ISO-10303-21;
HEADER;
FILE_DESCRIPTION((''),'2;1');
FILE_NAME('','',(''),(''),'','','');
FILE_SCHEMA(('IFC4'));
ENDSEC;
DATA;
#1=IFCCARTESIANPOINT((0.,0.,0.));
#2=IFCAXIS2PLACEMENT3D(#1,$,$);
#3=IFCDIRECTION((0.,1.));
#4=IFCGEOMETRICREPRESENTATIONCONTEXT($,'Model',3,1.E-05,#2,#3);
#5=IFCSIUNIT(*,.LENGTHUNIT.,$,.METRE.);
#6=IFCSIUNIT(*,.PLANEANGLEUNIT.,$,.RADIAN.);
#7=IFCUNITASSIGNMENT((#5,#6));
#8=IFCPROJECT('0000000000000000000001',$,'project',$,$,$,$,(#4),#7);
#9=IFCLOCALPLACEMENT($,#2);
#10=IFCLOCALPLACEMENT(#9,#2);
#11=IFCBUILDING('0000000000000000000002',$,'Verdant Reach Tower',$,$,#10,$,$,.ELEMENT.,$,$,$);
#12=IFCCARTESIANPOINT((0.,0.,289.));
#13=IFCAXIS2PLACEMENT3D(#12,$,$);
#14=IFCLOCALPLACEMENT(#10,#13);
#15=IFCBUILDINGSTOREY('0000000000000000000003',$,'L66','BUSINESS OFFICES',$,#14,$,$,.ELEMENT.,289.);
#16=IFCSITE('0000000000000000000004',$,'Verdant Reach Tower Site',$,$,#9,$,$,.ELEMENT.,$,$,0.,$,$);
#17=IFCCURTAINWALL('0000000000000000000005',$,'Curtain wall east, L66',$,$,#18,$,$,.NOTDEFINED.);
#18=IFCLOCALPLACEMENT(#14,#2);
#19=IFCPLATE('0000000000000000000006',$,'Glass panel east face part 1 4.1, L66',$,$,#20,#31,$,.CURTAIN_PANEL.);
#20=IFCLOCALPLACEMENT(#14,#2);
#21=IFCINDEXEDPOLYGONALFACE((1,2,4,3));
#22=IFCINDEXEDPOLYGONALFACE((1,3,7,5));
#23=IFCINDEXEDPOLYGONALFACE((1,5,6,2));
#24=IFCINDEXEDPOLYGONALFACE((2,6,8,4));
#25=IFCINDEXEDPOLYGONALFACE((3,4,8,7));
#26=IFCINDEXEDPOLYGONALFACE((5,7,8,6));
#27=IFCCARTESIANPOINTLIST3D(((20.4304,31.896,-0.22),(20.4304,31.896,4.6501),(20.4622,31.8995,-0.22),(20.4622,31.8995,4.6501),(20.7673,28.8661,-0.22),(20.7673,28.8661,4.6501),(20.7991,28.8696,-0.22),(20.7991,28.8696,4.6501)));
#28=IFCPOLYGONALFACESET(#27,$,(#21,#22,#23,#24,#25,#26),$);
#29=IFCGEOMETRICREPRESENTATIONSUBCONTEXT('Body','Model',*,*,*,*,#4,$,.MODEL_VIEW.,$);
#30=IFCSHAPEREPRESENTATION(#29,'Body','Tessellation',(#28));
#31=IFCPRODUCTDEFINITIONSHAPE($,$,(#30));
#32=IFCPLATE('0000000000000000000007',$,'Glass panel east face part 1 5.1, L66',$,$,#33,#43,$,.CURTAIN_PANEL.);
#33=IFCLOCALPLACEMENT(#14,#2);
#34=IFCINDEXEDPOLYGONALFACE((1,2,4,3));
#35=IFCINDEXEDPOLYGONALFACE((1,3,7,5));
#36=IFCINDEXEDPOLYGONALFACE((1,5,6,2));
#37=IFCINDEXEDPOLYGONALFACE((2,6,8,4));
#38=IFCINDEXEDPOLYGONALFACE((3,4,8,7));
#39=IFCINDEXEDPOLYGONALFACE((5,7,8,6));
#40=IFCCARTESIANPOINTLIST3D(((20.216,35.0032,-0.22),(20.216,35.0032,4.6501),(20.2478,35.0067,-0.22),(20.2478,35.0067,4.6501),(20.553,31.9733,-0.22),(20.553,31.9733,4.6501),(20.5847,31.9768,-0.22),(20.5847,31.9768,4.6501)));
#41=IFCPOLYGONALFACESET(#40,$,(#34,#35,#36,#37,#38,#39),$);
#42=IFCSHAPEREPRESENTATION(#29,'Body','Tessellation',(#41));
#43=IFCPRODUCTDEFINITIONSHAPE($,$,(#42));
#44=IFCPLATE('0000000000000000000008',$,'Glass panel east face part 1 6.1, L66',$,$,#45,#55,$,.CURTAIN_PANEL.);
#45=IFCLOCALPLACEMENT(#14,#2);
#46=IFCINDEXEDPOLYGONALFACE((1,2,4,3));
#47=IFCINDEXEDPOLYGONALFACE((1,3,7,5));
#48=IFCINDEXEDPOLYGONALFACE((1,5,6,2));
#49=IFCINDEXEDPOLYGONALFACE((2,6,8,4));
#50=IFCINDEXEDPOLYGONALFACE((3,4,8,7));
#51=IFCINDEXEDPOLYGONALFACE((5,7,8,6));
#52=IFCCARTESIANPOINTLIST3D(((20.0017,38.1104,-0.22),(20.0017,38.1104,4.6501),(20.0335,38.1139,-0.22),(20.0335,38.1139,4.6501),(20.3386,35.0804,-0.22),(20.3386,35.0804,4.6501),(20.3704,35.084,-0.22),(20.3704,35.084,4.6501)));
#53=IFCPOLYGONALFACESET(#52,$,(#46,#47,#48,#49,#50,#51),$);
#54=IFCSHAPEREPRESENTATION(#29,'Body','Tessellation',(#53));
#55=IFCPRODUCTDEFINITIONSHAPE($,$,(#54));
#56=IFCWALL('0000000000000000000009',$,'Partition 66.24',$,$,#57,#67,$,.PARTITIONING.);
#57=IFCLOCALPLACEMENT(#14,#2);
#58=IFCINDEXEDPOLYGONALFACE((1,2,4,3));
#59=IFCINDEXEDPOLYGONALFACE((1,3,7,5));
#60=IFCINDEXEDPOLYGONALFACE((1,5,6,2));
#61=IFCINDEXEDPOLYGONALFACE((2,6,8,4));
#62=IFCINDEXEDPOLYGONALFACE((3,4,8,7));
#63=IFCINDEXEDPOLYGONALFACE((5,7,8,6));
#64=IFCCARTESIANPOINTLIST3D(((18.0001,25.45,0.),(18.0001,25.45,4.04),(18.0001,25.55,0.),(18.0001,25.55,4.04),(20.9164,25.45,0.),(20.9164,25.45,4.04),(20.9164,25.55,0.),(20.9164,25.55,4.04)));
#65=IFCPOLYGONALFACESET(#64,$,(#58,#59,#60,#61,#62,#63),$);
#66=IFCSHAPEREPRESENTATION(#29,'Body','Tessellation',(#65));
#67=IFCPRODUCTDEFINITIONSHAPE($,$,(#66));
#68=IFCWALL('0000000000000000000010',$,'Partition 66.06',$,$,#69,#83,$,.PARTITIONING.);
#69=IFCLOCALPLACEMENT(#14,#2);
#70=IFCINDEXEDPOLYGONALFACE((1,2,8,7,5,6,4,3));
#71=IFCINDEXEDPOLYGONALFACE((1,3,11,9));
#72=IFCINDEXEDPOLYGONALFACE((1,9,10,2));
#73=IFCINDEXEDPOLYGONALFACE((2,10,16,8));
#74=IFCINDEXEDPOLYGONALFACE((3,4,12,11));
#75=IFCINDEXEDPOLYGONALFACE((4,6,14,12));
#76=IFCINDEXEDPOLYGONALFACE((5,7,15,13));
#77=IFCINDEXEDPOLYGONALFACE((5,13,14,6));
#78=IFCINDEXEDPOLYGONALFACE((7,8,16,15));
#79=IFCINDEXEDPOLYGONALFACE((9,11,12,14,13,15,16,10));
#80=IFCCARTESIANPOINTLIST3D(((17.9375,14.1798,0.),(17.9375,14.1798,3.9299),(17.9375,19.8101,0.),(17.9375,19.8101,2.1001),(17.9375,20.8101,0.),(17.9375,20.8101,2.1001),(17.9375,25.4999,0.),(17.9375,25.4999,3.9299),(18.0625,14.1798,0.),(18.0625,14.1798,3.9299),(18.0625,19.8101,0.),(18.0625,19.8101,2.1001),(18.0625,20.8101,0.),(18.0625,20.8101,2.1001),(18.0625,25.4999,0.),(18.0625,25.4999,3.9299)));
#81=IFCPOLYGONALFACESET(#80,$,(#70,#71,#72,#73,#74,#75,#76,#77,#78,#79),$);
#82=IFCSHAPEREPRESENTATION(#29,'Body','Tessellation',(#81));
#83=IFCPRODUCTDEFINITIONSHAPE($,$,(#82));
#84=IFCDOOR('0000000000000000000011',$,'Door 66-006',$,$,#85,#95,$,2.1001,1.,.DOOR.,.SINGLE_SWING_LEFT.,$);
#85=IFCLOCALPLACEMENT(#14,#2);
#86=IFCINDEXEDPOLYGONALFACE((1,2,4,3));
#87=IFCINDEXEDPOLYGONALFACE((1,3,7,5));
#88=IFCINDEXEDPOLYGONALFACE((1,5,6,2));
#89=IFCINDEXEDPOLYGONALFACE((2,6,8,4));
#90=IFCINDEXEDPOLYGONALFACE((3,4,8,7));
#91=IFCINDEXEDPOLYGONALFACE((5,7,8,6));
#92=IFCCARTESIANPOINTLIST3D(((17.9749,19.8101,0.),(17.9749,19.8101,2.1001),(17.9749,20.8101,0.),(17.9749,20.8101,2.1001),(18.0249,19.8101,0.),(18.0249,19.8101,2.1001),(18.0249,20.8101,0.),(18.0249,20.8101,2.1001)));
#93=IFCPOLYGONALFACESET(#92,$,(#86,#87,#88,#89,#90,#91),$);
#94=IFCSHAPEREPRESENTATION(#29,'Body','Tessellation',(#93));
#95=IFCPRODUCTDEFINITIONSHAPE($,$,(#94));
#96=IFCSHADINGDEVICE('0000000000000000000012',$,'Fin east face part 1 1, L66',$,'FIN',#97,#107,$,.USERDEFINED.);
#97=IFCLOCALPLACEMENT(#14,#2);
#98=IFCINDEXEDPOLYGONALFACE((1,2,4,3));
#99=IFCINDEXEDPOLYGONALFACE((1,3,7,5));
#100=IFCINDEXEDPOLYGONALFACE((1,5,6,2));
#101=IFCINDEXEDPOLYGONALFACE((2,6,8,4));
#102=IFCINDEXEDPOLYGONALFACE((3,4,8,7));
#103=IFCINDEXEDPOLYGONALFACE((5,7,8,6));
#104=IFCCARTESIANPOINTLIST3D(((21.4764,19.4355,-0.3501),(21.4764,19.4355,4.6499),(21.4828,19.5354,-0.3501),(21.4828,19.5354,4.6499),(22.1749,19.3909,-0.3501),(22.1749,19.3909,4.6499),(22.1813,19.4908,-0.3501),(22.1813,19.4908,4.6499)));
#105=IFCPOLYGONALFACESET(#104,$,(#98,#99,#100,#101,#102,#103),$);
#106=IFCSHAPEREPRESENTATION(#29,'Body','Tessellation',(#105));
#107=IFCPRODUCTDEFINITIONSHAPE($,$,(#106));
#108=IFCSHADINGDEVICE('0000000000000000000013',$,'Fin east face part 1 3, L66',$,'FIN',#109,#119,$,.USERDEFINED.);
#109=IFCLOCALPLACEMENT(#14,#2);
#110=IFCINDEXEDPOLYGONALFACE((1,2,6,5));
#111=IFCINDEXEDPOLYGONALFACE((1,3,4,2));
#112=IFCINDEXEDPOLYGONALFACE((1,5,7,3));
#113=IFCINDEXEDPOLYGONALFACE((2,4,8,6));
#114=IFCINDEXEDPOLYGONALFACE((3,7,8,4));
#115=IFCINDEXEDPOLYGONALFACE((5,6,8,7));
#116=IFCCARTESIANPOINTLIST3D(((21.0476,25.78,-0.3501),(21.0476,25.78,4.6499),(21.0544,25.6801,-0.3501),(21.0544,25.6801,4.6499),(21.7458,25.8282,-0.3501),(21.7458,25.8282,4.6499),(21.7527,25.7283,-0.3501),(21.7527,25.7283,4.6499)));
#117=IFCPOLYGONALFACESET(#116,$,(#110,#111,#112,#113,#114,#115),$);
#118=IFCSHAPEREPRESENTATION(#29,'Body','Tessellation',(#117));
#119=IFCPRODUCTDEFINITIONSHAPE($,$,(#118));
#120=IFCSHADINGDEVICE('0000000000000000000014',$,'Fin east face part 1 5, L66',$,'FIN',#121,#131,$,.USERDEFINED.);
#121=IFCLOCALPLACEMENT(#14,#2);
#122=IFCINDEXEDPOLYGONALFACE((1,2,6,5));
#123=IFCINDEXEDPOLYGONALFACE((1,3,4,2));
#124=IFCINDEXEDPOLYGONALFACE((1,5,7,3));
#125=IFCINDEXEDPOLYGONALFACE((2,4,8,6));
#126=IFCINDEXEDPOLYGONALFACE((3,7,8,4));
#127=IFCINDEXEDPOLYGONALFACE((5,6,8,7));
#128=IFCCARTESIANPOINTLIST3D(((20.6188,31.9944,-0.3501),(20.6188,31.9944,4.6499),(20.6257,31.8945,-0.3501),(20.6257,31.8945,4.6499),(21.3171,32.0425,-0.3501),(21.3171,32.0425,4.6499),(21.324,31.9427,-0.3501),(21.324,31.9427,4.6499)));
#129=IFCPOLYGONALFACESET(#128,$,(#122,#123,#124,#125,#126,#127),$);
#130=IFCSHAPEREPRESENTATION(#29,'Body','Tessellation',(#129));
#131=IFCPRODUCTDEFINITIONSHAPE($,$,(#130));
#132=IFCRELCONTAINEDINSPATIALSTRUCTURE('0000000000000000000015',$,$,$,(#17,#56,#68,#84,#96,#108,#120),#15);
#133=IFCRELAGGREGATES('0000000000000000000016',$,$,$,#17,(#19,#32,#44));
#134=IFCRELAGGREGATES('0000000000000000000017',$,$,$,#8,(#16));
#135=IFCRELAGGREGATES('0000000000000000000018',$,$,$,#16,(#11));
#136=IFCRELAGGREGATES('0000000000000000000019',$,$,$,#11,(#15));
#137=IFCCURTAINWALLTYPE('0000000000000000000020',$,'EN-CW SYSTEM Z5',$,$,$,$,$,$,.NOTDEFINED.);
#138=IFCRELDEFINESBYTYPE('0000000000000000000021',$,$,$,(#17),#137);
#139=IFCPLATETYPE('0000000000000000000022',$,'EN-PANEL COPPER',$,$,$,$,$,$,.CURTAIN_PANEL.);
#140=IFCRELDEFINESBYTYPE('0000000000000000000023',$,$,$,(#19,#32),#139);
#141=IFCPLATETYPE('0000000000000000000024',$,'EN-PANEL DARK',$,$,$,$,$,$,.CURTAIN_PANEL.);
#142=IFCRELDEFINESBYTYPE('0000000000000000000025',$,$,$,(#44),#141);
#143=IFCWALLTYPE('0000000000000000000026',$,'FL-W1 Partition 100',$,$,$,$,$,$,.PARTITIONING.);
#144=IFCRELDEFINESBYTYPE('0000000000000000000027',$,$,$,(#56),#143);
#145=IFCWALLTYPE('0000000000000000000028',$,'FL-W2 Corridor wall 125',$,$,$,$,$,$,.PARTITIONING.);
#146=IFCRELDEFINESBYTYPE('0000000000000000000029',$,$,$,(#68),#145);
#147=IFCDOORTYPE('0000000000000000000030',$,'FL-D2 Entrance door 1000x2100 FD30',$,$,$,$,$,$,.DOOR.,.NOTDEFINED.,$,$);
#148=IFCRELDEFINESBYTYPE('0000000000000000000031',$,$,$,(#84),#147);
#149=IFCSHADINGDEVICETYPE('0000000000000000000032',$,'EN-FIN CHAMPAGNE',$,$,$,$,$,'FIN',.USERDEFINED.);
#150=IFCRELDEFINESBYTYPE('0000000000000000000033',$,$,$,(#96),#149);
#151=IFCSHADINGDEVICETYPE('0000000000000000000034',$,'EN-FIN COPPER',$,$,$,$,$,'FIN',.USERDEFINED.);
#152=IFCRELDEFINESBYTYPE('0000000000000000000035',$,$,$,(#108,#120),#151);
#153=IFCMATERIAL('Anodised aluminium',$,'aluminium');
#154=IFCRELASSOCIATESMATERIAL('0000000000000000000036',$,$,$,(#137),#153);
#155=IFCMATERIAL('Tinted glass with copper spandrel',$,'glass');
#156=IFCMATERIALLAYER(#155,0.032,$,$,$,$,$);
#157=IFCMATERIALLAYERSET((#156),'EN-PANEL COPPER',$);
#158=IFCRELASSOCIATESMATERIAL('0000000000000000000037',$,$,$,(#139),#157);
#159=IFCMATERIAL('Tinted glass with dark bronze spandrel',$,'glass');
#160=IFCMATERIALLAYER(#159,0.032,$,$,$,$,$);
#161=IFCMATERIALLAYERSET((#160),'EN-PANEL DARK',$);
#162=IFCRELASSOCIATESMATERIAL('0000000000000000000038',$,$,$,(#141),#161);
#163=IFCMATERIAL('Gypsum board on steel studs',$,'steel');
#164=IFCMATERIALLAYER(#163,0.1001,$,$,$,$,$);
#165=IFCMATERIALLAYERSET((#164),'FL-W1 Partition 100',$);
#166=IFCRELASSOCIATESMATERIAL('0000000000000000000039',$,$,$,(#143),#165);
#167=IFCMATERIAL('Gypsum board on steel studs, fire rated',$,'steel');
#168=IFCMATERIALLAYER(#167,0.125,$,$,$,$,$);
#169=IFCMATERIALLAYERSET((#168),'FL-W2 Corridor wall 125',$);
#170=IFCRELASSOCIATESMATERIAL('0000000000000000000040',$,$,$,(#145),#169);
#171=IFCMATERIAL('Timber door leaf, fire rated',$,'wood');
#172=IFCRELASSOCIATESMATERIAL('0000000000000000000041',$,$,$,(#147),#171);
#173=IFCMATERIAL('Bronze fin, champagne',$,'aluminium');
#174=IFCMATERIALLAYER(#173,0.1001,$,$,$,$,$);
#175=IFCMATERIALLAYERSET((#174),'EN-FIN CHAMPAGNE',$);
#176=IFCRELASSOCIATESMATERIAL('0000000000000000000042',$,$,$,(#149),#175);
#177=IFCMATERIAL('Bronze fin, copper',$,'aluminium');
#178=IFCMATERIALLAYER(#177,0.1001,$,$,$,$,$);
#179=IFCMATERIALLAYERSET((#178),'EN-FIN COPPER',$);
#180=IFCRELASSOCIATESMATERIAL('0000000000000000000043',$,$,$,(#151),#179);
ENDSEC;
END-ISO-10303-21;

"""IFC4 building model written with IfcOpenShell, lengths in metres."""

from ifc_helpers import new_model, si_unit, direction, frame, frame_2d, origin, origin_2d, place, context, subcontext, project, spatial, rectangle, extrude, material, layer, layer_set, type_object, element, fill, aggregate, save


model = new_model("IFC4")

# Units and contexts
model_context = context("Model", 3, precision=1e-05, world=origin(), true_north=direction((0.0, 1.0)))
body_context = subcontext(model_context, "Body", "Model", "MODEL_VIEW")
ifc_project = project(units=[si_unit("LENGTHUNIT", "METRE"), si_unit("PLANEANGLEUNIT", "RADIAN")], contexts=[model_context])

# Site, building, storey
site_placement = place(None, origin())
site = spatial("IfcSite", under=ifc_project, at=site_placement, Name="Verdant Reach Tower Site", CompositionType="ELEMENT", RefElevation=0.0)
building_placement = place(site_placement, origin())
building = spatial("IfcBuilding", under=site, at=building_placement, Name="Verdant Reach Tower", CompositionType="ELEMENT")
storey_placement = place(building_placement, frame((0.0, 0.0, 289.0)))
storey = spatial("IfcBuildingStorey", under=building, at=storey_placement, Name="L66", Description="BUSINESS OFFICES", CompositionType="ELEMENT", Elevation=289.0)

# Curtain wall
ifc_material_1 = material(Name="Anodised aluminium", Category="aluminium")
curtain_wall_type = type_object("IfcCurtainWallType", Name="EN-CW SYSTEM Z5", PredefinedType="NOTDEFINED", material=ifc_material_1)
curtain_wall_placement = place(storey_placement, origin())
curtain_wall = element("IfcCurtainWall", 1, at=curtain_wall_placement, inside=storey, type_object=curtain_wall_type, Name="Curtain wall east, L66", PredefinedType="NOTDEFINED")

# Plates
ifc_material_2 = material(Name="Tinted glass with copper spandrel", Category="glass")
ifc_layer_1 = layer(ifc_material_2, 0.032)
ifc_layer_set_1 = layer_set([ifc_layer_1], Name="EN-PANEL COPPER")
plate_type_1 = type_object("IfcPlateType", Name="EN-PANEL COPPER", PredefinedType="CURTAIN_PANEL", material=ifc_layer_set_1)
plate_1_placement = place(storey_placement, frame((20.6147, 30.3828, -0.22), z_axis=(0.0, 0.0, 1.0), x_axis=(-0.110518, 0.993874, 0.0)))
plate_1 = element("IfcPlate", 2, at=plate_1_placement, type_object=plate_type_1, Name="Glass panel east face part 1 4.1, L66", PredefinedType="CURTAIN_PANEL", context=body_context, shape_type="SweptSolid", body=[
    extrude(rectangle(XDim=3.0486, YDim=0.032, at=origin_2d()), origin(), (0.0, 0.0, 1.0), 4.8701),
])
plate_2_placement = place(storey_placement, frame((20.4004, 33.49, -0.22), z_axis=(0.0, 0.0, 1.0), x_axis=(-0.110518, 0.993874, 0.0)))
plate_2 = element("IfcPlate", 3, at=plate_2_placement, type_object=plate_type_1, Name="Glass panel east face part 1 5.1, L66", PredefinedType="CURTAIN_PANEL", context=body_context, shape_type="SweptSolid", body=[
    extrude(rectangle(XDim=3.0486, YDim=0.032, at=origin_2d()), origin(), (0.0, 0.0, 1.0), 4.8701),
])
ifc_material_3 = material(Name="Tinted glass with dark bronze spandrel", Category="glass")
ifc_layer_2 = layer(ifc_material_3, 0.032)
ifc_layer_set_2 = layer_set([ifc_layer_2], Name="EN-PANEL DARK")
plate_type_2 = type_object("IfcPlateType", Name="EN-PANEL DARK", PredefinedType="CURTAIN_PANEL", material=ifc_layer_set_2)
plate_3_placement = place(storey_placement, frame((20.186, 36.5972, -0.22), z_axis=(0.0, 0.0, 1.0), x_axis=(-0.110518, 0.993874, 0.0)))
plate_3 = element("IfcPlate", 4, at=plate_3_placement, type_object=plate_type_2, Name="Glass panel east face part 1 6.1, L66", PredefinedType="CURTAIN_PANEL", context=body_context, shape_type="SweptSolid", body=[
    extrude(rectangle(XDim=3.0486, YDim=0.032, at=origin_2d()), origin(), (0.0, 0.0, 1.0), 4.8701),
])
aggregate(curtain_wall, [plate_1, plate_2, plate_3])

# Wall
ifc_material_4 = material(Name="Gypsum board on steel studs", Category="steel")
ifc_layer_3 = layer(ifc_material_4, 0.1001)
ifc_layer_set_3 = layer_set([ifc_layer_3], Name="FL-W1 Partition 100")
wall_type_1 = type_object("IfcWallType", Name="FL-W1 Partition 100", PredefinedType="PARTITIONING", material=ifc_layer_set_3)
wall_1_placement = place(storey_placement, frame((20.9163, 25.5, 0.0), z_axis=(0.0, 0.0, 1.0), x_axis=(-1.0, 0.0, 0.0)))
element("IfcWall", 5, at=wall_1_placement, inside=storey, type_object=wall_type_1, Name="Partition 66.24", PredefinedType="PARTITIONING", context=body_context, shape_type="SweptSolid", body=[
    extrude(rectangle(XDim=2.9163, YDim=0.1001, at=frame_2d((1.458, 0.0))), origin(), (0.0, 0.0, 1.0), 4.04),
])

# Wall, opening, door
ifc_material_5 = material(Name="Gypsum board on steel studs, fire rated", Category="steel")
ifc_layer_4 = layer(ifc_material_5, 0.125)
ifc_layer_set_4 = layer_set([ifc_layer_4], Name="FL-W2 Corridor wall 125")
wall_type_2 = type_object("IfcWallType", Name="FL-W2 Corridor wall 125", PredefinedType="PARTITIONING", material=ifc_layer_set_4)
wall_2_placement = place(storey_placement, frame((18.0, 25.5, 0.0), z_axis=(0.0, 0.0, 1.0), x_axis=(0.0, -1.0, 0.0)))
wall_2 = element("IfcWall", 6, at=wall_2_placement, inside=storey, type_object=wall_type_2, Name="Partition 66.06", PredefinedType="PARTITIONING", context=body_context, shape_type="SweptSolid", body=[
    extrude(rectangle(XDim=11.3201, YDim=0.125, at=frame_2d((5.6602, 0.0))), origin(), (0.0, 0.0, 1.0), 3.9299),
])
opening_placement = place(wall_2_placement, frame((4.6899, 0.0, 0.0)))
opening = element("IfcOpeningElement", 7, at=opening_placement, cuts=wall_2, PredefinedType="OPENING", context=body_context, shape_type="SweptSolid", body=[
    extrude(rectangle(XDim=1.0, YDim=2.1001, at=frame_2d((0.5, 1.05))), frame((0.0, 0.0725, 0.0), z_axis=(0.0, -1.0, 0.0), x_axis=(1.0, 0.0, 0.0)), (0.0, 0.0, 1.0), 0.145),
])
ifc_material_6 = material(Name="Timber door leaf, fire rated", Category="wood")
door_type = type_object("IfcDoorType", Name="FL-D2 Entrance door 1000x2100 FD30", OperationType="NOTDEFINED", PredefinedType="DOOR", material=ifc_material_6)
door_placement = place(opening_placement, origin())
door = element("IfcDoor", 8, at=door_placement, inside=storey, type_object=door_type, Name="Door 66-006", OperationType="SINGLE_SWING_LEFT", OverallHeight=2.1001, OverallWidth=1.0, PredefinedType="DOOR", context=body_context, shape_type="SweptSolid", body=[
    extrude(rectangle(XDim=1.0, YDim=2.1001, at=frame_2d((0.5, 1.05))), frame((0.0, 0.0249, 0.0), z_axis=(0.0, -1.0, 0.0), x_axis=(1.0, 0.0, 0.0)), (0.0, 0.0, 1.0), 0.05),
])
fill(opening, door)

# Shading devices
ifc_material_7 = material(Name="Bronze fin, champagne", Category="aluminium")
ifc_layer_5 = layer(ifc_material_7, 0.1001)
ifc_layer_set_5 = layer_set([ifc_layer_5], Name="EN-FIN CHAMPAGNE")
shading_device_type_1 = type_object("IfcShadingDeviceType", Name="EN-FIN CHAMPAGNE", ElementType="FIN", PredefinedType="USERDEFINED", material=ifc_layer_set_5)
shading_device_placement = place(storey_placement, frame((21.8289, 19.4631, -0.3501), z_axis=(0.0, 0.0, 1.0), x_axis=(0.063699, 0.997969, 0.0)))
element("IfcShadingDevice", 9, at=shading_device_placement, inside=storey, type_object=shading_device_type_1, Name="Fin east face part 1 1, L66", ObjectType="FIN", PredefinedType="USERDEFINED", context=body_context, shape_type="SweptSolid", body=[
    extrude(rectangle(XDim=0.1001, YDim=0.7, at=origin_2d()), origin(), (0.0, 0.0, 1.0), 5.0),
])
ifc_material_8 = material(Name="Bronze fin, copper", Category="aluminium")
ifc_layer_6 = layer(ifc_material_8, 0.1001)
ifc_layer_set_6 = layer_set([ifc_layer_6], Name="EN-FIN COPPER")
shading_device_type_2 = type_object("IfcShadingDeviceType", Name="EN-FIN COPPER", ElementType="FIN", PredefinedType="USERDEFINED", material=ifc_layer_set_6)
for number, where, z_axis, x_axis, name in (
    (10, (21.4001, 25.7542, -0.3501), (0.0, 0.0, 1.0), (-0.068802, 0.99763, 0.0), "Fin east face part 1 3, L66"),
    (11, (20.9714, 31.9685, -0.3501), (0.0, 0.0, 1.0), (-0.068802, 0.99763, 0.0), "Fin east face part 1 5, L66"),
):
    element("IfcShadingDevice", number, at=place(storey_placement, frame(where, z_axis=z_axis, x_axis=x_axis)), inside=storey, type_object=shading_device_type_2, Name=name, ObjectType="FIN", PredefinedType="USERDEFINED", context=body_context, shape_type="SweptSolid", body=[
        extrude(rectangle(XDim=0.1001, YDim=0.7, at=origin_2d()), origin(), (0.0, 0.0, 1.0), 5.0),
    ])

save(model, "model.ifc")
